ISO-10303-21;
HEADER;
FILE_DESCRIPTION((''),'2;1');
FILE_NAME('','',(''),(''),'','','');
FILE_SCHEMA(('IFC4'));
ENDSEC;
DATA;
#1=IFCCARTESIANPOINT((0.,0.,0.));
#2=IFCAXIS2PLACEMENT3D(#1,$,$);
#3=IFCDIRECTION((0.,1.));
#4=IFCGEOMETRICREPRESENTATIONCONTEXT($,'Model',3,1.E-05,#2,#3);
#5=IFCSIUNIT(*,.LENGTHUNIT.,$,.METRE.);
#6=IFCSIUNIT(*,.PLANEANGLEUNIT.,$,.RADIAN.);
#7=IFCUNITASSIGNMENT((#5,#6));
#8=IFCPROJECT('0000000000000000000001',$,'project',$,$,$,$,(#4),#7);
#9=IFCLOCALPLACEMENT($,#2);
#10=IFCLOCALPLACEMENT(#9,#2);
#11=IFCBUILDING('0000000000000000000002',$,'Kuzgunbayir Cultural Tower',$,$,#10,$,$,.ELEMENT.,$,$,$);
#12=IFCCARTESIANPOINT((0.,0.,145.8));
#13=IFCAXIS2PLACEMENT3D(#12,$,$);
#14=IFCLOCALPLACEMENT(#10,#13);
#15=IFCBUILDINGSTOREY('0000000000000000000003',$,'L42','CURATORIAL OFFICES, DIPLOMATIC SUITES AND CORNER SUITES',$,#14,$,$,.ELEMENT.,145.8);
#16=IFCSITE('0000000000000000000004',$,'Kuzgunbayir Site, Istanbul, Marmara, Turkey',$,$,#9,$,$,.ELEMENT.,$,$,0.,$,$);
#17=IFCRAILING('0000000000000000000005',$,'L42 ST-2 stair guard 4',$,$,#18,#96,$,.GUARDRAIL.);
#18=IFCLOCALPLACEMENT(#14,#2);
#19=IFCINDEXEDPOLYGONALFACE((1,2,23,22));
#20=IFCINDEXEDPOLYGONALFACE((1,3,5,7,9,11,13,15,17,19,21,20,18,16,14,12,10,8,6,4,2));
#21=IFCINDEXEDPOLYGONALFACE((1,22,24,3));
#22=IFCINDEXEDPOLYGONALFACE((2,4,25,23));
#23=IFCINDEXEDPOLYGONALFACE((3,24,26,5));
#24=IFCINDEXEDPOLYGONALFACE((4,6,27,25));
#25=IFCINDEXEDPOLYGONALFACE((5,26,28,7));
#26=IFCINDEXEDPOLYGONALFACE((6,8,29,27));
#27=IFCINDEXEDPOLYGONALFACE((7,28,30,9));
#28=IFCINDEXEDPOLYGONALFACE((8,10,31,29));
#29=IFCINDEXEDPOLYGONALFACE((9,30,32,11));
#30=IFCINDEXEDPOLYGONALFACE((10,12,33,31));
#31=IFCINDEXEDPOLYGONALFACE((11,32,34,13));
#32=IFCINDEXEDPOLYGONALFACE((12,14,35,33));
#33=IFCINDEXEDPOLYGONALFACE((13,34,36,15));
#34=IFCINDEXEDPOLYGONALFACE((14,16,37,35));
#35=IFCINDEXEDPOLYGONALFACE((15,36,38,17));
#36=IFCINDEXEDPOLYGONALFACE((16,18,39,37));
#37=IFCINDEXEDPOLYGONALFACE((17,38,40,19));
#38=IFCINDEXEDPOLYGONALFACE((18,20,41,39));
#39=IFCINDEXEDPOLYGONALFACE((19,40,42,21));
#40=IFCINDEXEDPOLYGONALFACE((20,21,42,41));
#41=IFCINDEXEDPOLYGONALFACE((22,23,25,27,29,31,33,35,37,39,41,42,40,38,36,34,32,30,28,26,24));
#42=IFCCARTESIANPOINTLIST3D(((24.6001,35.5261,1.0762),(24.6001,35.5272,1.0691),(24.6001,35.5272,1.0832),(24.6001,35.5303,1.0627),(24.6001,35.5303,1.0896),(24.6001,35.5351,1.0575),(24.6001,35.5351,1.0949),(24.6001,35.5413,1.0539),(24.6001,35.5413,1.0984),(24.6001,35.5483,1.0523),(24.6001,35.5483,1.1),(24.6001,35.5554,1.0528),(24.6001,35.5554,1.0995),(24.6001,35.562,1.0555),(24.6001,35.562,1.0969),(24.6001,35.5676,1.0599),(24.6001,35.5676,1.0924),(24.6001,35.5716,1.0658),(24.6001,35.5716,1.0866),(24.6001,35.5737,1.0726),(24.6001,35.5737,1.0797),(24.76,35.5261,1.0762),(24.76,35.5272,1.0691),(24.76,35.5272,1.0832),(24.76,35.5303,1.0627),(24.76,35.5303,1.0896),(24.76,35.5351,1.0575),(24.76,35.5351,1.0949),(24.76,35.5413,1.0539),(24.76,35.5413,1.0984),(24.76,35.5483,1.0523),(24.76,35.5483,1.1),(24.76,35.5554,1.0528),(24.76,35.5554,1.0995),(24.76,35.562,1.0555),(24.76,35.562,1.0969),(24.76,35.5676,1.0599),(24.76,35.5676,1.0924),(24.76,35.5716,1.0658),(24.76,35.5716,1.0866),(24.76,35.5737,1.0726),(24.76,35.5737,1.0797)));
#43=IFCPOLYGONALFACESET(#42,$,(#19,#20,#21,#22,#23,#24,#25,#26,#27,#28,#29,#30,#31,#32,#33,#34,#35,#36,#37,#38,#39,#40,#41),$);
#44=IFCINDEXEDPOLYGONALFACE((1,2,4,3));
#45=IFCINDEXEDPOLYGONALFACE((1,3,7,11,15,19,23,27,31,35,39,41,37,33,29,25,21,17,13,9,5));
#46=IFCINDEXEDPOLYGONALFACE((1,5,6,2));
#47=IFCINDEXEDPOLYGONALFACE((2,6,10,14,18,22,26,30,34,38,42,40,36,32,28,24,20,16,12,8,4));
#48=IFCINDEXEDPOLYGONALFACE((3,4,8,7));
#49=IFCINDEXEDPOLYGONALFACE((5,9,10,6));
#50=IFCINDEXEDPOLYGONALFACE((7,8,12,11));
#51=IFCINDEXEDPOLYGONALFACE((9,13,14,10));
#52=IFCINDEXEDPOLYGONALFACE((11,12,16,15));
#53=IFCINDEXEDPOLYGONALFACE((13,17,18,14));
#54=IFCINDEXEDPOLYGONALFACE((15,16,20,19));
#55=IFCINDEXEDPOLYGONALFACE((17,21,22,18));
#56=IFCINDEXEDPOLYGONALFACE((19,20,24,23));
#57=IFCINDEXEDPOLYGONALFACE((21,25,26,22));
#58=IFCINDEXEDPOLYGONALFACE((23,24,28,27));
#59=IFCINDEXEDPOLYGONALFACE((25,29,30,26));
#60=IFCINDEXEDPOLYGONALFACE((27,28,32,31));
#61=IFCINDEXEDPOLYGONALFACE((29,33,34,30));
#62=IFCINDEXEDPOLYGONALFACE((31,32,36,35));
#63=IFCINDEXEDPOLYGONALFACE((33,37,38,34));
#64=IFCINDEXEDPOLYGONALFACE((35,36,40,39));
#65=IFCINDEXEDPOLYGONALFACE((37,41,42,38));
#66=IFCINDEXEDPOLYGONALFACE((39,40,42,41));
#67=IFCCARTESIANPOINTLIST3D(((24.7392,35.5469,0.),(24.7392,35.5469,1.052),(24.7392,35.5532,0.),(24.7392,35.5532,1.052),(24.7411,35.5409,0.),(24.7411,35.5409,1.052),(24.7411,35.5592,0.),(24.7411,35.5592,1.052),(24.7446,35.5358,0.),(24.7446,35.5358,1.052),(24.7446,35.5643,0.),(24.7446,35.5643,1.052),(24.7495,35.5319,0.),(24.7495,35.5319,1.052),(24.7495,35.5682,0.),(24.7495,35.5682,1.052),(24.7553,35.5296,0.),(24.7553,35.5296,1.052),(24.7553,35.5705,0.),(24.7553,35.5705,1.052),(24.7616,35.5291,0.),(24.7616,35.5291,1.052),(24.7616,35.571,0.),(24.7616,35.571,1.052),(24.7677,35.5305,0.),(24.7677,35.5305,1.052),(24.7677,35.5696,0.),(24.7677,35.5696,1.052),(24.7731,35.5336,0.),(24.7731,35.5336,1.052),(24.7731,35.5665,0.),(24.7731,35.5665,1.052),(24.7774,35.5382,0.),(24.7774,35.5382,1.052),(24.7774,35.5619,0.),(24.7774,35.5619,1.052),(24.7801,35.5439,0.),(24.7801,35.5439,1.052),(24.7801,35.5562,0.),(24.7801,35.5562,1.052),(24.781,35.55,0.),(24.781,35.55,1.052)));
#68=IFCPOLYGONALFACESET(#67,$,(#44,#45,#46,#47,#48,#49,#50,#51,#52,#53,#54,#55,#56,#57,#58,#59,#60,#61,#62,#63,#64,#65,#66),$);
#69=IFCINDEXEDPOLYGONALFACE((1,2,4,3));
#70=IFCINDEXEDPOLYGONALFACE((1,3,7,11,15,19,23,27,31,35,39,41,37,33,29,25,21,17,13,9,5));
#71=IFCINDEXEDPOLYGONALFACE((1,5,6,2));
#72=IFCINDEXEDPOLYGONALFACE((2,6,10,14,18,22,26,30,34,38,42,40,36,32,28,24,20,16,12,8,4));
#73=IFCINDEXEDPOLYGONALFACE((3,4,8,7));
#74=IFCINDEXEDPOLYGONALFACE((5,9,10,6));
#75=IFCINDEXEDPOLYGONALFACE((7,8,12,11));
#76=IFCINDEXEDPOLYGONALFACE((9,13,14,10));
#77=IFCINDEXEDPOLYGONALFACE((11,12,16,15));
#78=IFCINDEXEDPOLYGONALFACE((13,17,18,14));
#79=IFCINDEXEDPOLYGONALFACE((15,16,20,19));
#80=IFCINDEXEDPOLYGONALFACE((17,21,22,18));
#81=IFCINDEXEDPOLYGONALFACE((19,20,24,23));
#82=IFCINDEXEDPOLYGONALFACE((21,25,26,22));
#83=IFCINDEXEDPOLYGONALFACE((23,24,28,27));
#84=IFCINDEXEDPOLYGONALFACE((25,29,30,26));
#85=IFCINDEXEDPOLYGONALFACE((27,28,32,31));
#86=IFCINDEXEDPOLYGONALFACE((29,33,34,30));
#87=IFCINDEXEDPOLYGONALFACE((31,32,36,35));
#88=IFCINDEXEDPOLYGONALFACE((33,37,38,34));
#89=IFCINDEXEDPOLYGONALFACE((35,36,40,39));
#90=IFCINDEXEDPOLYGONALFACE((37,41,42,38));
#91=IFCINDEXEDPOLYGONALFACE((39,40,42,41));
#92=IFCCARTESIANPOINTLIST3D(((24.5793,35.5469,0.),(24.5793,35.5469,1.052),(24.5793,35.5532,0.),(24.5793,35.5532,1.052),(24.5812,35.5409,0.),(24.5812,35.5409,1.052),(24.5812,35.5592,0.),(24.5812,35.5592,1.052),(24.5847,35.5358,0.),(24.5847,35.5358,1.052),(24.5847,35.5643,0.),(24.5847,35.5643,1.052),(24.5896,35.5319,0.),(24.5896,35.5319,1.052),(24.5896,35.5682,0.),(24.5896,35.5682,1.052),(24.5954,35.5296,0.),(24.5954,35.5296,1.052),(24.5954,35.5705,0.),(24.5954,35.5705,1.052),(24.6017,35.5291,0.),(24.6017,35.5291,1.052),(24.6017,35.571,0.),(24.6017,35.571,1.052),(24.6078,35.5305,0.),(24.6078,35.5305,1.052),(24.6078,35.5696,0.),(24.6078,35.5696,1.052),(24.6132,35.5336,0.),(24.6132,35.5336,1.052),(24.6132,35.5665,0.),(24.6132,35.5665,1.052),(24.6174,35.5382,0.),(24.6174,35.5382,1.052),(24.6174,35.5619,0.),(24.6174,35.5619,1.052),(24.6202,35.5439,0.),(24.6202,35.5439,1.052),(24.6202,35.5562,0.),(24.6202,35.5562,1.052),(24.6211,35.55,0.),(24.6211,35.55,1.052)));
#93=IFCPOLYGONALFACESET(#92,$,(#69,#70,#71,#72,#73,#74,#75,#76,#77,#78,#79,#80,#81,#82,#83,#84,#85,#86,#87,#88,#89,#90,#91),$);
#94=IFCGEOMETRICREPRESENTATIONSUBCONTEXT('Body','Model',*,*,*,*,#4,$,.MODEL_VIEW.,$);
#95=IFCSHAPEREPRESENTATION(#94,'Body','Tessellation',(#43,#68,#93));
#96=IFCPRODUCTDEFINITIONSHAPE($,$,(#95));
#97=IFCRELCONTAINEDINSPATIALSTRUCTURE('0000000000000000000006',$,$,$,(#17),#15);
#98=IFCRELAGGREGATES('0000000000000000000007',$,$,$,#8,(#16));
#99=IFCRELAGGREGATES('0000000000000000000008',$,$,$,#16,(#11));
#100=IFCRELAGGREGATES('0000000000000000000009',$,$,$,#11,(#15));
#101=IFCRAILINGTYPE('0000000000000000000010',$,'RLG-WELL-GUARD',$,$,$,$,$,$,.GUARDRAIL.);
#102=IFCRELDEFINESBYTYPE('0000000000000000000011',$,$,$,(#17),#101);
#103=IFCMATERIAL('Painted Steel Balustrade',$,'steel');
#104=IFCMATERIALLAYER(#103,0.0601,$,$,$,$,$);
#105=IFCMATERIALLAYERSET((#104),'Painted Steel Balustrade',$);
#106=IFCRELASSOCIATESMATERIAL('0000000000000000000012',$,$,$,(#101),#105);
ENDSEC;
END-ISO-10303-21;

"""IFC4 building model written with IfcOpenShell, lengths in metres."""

from ifc_helpers import new_model, si_unit, direction, frame, origin, origin_2d, place, context, subcontext, project, spatial, circle, extrude, material, layer, layer_set, type_object, element, save


model = new_model("IFC4")

# Units and contexts
model_context = context("Model", 3, precision=1e-05, world=origin(), true_north=direction((0.0, 1.0)))
body_context = subcontext(model_context, "Body", "Model", "MODEL_VIEW")
ifc_project = project(units=[si_unit("LENGTHUNIT", "METRE"), si_unit("PLANEANGLEUNIT", "RADIAN")], contexts=[model_context])

# Site, building, storey
site_placement = place(None, origin())
site = spatial("IfcSite", under=ifc_project, at=site_placement, Name="Kuzgunbayir Site, Istanbul, Marmara, Turkey", CompositionType="ELEMENT", RefElevation=0.0)
building_placement = place(site_placement, origin())
building = spatial("IfcBuilding", under=site, at=building_placement, Name="Kuzgunbayir Cultural Tower", CompositionType="ELEMENT")
storey_placement = place(building_placement, frame((0.0, 0.0, 145.8)))
storey = spatial("IfcBuildingStorey", under=building, at=storey_placement, Name="L42", Description="CURATORIAL OFFICES, DIPLOMATIC SUITES AND CORNER SUITES", CompositionType="ELEMENT", Elevation=145.8)

# Railing
ifc_material_1 = material(Name="Painted Steel Balustrade", Category="steel")
ifc_layer_1 = layer(ifc_material_1, 0.0601)
ifc_layer_set_1 = layer_set([ifc_layer_1], Name="Painted Steel Balustrade")
railing_type_1 = type_object("IfcRailingType", Name="RLG-WELL-GUARD", PredefinedType="GUARDRAIL", material=ifc_layer_set_1)
railing_1_placement = place(storey_placement, frame((24.76, 35.55, 0.0)))
element("IfcRailing", 1, at=railing_1_placement, inside=storey, type_object=railing_type_1, Name="L42 ST-2 stair guard 4", PredefinedType="GUARDRAIL", context=body_context, shape_type="SweptSolid", body=[
    extrude(circle(Radius=0.0239, at=origin_2d()), frame((0.0, 0.0, 1.0762), z_axis=(-1.0, 0.0, 0.0), x_axis=(0.0, -1.0, 0.0)), (0.0, 0.0, 1.0), 0.1599),
    extrude(circle(Radius=0.021, at=origin_2d()), origin(), (0.0, 0.0, 1.0), 1.052),
    extrude(circle(Radius=0.021, at=origin_2d()), frame((-0.1599, 0.0, 0.0)), (0.0, 0.0, 1.0), 1.052),
])

save(model, "model.ifc")
